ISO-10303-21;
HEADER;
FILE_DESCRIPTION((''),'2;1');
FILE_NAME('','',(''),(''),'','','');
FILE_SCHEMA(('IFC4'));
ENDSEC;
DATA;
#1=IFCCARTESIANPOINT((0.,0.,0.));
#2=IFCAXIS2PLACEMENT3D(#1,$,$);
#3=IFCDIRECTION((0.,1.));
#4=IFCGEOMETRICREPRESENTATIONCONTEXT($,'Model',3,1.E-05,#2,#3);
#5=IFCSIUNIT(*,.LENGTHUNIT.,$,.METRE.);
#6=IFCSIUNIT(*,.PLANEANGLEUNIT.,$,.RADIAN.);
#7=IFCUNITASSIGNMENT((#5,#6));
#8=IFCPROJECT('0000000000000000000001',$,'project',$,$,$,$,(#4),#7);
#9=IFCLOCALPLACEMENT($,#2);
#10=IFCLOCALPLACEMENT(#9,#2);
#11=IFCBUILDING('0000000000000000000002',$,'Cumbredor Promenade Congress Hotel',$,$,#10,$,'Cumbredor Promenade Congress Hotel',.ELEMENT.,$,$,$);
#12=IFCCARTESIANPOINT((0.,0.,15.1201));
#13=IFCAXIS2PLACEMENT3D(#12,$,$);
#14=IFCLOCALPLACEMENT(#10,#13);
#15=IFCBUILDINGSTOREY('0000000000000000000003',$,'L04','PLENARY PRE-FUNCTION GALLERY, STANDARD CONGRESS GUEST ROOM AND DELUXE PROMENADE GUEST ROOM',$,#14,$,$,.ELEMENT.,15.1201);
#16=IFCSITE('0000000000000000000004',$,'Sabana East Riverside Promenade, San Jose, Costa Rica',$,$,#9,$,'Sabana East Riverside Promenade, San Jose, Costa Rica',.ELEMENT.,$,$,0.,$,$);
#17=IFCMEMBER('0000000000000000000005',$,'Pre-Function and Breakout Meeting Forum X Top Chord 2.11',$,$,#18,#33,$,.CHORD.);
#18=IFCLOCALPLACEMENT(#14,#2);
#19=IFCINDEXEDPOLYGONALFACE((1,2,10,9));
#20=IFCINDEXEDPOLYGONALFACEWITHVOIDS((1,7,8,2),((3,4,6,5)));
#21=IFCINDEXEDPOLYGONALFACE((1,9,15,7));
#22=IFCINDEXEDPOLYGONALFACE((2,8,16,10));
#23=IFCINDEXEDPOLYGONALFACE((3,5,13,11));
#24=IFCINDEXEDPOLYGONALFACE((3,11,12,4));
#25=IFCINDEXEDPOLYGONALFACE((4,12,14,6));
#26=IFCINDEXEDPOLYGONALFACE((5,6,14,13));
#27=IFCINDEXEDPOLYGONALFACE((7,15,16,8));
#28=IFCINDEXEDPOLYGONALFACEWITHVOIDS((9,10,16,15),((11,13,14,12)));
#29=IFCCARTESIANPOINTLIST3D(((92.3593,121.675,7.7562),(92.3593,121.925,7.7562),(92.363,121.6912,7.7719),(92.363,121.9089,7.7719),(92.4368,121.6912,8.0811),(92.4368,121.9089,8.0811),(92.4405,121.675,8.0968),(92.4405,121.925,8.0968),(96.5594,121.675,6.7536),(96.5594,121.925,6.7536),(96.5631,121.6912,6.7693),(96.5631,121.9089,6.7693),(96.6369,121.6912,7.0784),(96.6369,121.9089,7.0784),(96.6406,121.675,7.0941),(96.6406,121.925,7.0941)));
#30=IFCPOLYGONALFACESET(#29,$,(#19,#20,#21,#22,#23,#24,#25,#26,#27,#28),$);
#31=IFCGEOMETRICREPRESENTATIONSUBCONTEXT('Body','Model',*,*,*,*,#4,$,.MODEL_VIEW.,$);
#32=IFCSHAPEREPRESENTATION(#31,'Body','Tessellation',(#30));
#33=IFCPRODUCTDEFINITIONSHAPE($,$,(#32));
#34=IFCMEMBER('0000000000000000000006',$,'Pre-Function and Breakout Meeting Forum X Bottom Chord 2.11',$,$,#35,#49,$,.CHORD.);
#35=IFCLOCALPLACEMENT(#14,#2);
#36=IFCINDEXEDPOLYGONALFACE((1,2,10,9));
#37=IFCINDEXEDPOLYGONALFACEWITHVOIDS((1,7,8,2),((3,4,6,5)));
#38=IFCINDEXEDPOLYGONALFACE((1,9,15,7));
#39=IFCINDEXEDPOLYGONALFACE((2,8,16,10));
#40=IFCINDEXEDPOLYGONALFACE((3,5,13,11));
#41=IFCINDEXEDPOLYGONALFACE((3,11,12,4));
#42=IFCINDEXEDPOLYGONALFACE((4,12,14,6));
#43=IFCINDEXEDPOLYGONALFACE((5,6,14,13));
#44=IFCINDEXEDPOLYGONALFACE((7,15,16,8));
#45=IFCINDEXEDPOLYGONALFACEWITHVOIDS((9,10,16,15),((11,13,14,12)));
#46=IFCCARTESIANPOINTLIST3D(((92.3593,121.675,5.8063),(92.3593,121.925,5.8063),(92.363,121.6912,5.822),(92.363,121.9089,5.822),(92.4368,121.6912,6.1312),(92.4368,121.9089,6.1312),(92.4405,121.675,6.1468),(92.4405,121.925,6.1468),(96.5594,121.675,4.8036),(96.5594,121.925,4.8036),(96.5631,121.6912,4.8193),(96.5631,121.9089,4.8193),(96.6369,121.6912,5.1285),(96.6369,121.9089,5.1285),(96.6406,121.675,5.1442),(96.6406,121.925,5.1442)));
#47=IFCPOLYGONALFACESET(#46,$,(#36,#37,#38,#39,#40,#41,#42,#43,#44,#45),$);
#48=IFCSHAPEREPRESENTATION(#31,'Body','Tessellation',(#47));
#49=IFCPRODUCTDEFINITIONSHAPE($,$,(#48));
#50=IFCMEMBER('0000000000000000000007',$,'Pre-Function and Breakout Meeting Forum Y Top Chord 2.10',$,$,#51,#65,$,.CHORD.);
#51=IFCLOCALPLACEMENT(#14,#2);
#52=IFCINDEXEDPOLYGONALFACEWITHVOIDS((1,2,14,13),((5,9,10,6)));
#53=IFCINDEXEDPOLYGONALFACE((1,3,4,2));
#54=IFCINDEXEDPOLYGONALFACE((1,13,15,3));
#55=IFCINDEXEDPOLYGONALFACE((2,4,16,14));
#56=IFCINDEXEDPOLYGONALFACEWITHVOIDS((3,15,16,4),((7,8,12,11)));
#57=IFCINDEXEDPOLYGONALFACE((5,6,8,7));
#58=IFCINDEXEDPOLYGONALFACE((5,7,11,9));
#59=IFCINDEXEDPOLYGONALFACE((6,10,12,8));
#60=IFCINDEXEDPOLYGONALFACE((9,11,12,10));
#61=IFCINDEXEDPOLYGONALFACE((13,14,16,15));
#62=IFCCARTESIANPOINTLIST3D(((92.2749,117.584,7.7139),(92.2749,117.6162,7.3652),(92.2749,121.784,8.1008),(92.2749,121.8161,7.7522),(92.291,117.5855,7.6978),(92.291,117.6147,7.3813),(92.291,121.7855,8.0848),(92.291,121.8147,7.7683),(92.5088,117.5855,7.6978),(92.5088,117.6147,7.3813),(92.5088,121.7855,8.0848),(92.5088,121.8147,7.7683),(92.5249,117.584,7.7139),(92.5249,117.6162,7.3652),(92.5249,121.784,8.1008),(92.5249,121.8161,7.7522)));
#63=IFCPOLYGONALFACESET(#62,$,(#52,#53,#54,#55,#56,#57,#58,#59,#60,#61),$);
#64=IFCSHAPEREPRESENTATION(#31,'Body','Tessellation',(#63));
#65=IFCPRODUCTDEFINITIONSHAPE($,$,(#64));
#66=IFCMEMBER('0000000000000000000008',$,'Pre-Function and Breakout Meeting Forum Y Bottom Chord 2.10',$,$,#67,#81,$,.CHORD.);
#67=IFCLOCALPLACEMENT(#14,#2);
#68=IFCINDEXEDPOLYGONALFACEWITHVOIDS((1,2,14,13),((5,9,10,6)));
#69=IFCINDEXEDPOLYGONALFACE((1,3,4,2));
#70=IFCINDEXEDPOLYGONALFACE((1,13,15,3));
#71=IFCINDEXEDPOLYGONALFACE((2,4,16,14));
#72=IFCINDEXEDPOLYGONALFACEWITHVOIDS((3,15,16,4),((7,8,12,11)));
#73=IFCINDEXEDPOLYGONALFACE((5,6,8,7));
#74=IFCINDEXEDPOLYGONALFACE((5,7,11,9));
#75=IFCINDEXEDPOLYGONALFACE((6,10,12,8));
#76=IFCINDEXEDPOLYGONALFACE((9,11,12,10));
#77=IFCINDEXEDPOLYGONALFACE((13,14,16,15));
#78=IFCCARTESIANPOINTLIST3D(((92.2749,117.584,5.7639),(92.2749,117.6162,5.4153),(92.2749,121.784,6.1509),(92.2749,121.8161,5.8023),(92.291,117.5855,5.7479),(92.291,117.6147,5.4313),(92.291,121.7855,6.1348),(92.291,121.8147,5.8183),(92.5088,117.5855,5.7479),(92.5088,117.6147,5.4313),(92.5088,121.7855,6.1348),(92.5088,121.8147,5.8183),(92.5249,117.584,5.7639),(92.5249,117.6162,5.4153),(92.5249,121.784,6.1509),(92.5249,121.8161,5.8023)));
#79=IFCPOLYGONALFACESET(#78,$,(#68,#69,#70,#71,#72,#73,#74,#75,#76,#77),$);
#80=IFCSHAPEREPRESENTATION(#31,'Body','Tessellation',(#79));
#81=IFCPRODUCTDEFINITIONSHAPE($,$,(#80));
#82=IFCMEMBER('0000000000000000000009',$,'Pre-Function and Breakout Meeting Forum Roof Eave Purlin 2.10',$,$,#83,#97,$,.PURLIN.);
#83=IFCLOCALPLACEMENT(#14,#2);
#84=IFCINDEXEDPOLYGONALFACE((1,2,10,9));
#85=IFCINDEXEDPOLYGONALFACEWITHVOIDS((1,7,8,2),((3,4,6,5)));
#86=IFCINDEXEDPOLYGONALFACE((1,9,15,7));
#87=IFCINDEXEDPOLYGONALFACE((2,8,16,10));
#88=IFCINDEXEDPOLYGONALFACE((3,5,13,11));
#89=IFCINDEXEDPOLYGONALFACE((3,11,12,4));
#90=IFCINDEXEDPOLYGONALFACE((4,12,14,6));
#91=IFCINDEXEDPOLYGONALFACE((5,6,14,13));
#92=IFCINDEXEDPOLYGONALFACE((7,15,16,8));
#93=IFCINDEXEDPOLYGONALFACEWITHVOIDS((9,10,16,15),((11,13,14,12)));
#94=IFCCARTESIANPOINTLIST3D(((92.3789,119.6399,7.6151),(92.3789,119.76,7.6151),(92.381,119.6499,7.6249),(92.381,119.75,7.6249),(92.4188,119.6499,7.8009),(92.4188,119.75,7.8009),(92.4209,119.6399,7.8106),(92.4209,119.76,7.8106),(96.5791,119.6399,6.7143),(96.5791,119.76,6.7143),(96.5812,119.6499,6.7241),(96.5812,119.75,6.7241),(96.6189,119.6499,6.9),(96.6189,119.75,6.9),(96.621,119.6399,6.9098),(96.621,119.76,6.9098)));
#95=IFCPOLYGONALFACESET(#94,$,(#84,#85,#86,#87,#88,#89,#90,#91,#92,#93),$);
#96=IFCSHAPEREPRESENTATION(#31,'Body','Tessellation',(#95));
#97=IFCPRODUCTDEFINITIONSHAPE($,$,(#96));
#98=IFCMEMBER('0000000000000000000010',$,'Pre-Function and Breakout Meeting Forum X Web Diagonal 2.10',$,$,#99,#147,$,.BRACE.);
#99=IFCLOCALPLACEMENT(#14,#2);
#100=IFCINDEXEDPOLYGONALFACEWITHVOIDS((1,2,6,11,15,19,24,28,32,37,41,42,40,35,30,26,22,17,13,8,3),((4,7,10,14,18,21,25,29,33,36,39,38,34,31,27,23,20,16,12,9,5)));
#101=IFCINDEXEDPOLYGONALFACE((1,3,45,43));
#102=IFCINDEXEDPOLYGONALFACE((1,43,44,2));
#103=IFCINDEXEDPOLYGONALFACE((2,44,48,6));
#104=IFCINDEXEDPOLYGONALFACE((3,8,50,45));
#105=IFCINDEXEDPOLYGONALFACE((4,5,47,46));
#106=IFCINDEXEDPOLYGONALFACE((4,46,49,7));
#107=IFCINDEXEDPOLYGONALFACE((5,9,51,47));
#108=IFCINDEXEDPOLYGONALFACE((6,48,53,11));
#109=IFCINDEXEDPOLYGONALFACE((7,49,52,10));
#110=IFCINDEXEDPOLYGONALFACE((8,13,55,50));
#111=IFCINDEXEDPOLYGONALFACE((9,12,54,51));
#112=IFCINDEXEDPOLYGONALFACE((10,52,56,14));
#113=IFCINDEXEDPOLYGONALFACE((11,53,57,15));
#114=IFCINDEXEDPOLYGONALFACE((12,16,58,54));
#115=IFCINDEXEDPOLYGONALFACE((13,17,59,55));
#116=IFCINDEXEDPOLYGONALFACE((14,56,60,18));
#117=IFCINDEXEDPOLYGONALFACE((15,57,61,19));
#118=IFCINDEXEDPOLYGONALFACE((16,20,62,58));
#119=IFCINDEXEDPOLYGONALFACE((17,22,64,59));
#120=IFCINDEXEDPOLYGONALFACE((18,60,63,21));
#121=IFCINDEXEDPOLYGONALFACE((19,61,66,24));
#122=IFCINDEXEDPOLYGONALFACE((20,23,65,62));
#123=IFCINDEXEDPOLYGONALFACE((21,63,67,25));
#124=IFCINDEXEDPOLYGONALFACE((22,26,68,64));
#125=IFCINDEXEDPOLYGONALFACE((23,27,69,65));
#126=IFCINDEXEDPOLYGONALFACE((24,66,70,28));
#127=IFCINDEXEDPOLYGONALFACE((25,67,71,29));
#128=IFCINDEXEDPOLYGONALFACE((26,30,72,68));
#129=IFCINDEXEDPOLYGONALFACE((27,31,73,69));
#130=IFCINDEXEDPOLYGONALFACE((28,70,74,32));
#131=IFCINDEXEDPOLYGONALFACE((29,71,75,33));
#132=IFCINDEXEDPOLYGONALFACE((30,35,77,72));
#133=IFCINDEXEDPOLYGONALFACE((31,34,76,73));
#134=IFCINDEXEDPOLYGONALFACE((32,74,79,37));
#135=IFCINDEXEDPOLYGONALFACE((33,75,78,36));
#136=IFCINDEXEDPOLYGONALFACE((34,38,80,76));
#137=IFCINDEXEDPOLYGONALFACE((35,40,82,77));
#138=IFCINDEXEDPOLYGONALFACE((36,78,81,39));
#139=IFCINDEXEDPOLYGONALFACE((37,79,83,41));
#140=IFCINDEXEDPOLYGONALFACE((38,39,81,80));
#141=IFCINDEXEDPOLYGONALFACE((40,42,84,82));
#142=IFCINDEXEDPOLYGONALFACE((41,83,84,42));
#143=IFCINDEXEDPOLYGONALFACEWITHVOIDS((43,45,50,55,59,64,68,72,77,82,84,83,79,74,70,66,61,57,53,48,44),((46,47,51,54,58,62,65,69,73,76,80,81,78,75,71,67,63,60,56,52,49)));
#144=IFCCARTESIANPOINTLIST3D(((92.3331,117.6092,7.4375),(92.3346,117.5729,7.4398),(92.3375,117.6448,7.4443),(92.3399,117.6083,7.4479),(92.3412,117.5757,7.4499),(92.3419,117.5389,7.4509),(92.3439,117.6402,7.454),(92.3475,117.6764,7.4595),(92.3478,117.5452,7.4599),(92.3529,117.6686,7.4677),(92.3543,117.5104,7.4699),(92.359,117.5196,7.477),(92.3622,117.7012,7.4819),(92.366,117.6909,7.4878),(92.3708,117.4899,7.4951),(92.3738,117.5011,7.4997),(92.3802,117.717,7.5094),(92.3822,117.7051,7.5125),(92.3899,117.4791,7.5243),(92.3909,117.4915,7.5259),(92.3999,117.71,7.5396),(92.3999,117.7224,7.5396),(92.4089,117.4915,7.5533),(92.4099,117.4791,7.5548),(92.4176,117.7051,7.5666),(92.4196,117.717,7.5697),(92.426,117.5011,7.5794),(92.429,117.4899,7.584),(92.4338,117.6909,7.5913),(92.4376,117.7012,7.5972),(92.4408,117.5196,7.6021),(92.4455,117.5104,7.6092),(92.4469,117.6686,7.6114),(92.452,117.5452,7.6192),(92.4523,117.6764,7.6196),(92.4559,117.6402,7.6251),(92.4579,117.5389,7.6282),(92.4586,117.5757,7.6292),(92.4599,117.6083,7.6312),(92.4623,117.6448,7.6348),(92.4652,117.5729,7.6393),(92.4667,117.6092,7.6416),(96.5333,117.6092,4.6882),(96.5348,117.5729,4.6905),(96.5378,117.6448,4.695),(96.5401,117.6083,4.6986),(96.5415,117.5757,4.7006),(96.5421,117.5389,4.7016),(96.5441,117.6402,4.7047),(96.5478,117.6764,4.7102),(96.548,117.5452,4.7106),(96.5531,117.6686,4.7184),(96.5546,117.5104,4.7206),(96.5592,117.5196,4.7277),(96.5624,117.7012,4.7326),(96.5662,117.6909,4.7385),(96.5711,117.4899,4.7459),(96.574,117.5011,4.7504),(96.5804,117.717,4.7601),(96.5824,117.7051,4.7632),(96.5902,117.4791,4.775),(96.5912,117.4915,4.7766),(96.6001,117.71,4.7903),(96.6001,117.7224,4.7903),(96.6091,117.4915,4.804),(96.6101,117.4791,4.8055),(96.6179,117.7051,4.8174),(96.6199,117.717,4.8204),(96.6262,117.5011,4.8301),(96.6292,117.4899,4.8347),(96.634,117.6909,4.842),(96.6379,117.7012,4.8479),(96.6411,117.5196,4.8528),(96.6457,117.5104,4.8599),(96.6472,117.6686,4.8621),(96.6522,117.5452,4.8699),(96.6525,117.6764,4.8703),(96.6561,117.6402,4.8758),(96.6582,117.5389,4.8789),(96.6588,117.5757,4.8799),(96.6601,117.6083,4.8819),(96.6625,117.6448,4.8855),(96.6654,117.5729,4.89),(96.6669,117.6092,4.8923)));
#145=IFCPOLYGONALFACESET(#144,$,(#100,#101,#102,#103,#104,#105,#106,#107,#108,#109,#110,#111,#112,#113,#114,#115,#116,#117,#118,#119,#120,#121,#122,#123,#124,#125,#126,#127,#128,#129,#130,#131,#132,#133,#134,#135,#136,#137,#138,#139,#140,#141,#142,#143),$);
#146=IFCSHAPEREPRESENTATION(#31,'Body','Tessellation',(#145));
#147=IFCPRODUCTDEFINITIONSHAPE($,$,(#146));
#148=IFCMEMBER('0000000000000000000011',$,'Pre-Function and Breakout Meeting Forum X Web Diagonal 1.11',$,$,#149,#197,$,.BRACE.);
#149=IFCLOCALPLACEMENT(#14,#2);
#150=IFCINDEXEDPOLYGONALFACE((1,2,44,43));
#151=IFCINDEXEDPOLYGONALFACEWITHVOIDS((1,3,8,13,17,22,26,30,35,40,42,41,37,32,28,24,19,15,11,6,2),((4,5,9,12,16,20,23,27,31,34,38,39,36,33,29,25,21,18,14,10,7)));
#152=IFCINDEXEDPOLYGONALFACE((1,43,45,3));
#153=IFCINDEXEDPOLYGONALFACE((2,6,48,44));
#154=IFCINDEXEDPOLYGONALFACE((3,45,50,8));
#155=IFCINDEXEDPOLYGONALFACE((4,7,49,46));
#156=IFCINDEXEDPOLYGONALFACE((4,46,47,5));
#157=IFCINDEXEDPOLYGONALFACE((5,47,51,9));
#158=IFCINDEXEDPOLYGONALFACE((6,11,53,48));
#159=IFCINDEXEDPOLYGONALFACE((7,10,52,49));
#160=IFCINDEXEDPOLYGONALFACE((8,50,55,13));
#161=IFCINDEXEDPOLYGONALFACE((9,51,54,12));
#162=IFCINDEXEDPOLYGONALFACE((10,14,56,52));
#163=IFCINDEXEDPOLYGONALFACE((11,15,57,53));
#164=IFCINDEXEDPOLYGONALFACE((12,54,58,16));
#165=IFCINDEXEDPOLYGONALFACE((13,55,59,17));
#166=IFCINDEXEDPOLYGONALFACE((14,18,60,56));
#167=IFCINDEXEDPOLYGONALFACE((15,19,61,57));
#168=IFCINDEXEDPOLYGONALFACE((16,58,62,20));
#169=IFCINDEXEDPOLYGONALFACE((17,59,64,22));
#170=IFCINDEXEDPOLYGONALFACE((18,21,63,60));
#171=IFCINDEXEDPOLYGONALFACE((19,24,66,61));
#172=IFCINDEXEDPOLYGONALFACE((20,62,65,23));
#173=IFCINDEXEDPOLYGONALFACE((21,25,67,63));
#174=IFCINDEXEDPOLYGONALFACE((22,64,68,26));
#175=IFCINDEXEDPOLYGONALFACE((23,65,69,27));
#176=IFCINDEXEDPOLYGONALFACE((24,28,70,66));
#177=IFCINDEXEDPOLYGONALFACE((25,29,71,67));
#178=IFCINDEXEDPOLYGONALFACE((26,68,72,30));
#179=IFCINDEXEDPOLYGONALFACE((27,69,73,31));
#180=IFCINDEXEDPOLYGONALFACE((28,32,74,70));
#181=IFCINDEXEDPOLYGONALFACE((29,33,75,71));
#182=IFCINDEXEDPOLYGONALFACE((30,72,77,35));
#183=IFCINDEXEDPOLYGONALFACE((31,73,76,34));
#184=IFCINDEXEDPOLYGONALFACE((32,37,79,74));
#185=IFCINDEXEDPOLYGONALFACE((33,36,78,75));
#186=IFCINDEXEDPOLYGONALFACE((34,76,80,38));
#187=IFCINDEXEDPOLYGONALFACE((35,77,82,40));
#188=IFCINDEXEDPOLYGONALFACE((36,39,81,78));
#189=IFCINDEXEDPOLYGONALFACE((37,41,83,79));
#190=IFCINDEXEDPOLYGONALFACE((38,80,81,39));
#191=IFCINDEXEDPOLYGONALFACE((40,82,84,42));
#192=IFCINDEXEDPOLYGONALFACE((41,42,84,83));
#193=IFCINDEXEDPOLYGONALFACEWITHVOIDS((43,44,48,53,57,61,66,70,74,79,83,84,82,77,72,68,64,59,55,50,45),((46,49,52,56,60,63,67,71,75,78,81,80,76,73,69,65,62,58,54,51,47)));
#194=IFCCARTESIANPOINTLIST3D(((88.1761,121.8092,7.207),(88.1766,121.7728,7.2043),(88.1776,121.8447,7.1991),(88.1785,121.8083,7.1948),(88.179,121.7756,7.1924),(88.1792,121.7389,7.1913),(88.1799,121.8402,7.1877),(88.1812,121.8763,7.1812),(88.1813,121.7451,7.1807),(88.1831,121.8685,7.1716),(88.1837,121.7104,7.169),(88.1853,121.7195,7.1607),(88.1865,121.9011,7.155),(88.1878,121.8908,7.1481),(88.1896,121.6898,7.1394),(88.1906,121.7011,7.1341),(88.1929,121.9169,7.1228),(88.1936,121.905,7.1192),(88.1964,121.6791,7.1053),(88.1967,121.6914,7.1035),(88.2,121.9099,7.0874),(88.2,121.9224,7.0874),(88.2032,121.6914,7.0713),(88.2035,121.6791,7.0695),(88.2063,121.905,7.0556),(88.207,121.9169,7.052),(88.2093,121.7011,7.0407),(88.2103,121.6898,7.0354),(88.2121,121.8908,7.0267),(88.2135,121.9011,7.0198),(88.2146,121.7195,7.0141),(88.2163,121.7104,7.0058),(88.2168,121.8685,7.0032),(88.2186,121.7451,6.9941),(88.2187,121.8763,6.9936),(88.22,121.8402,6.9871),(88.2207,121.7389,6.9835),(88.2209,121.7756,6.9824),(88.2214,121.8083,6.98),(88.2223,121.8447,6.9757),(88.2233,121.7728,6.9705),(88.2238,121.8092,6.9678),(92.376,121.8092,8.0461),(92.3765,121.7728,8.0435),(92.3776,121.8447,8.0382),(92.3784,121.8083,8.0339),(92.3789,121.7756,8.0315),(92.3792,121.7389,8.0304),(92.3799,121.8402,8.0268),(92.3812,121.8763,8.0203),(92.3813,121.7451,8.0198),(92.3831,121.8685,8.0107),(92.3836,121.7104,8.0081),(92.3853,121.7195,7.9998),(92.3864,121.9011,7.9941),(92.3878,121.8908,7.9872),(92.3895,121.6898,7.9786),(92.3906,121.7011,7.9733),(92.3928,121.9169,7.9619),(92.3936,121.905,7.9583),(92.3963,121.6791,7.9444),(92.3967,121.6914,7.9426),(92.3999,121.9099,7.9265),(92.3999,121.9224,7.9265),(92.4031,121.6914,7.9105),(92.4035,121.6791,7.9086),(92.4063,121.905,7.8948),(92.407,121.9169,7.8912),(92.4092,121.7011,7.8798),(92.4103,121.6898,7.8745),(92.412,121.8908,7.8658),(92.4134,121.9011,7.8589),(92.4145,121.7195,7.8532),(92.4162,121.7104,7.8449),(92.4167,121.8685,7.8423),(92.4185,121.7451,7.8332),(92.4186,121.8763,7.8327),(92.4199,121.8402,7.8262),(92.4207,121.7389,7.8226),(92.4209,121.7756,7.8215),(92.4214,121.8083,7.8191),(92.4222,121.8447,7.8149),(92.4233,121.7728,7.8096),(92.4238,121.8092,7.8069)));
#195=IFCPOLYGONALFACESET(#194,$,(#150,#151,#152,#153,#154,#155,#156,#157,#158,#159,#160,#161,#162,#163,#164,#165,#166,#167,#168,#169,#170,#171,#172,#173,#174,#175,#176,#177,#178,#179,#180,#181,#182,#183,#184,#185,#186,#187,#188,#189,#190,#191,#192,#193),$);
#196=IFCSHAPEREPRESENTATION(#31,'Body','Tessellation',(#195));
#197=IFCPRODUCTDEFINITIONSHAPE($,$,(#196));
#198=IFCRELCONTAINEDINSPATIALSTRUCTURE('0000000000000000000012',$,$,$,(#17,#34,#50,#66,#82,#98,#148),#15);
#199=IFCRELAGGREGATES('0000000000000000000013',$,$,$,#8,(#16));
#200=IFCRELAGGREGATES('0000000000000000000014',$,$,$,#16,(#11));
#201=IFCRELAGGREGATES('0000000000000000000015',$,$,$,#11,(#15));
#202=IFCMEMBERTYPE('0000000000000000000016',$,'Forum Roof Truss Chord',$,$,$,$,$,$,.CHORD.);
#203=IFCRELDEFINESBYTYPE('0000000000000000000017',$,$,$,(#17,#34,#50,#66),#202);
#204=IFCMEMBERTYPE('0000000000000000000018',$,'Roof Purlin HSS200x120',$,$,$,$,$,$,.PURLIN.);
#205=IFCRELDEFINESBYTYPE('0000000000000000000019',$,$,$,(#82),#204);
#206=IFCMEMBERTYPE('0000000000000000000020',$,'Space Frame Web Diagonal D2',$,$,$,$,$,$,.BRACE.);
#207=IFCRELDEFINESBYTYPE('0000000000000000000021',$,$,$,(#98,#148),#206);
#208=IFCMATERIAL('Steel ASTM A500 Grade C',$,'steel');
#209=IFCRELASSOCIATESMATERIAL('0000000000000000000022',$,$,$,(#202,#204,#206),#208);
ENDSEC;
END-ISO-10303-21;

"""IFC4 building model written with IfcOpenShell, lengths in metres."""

from ifc_helpers import new_model, si_unit, direction, frame, origin, origin_2d, place, context, subcontext, project, spatial, hollow_rectangle, hollow_circle, extrude, material, material_profile, profile_set, type_object, element, save


model = new_model("IFC4")

# Units and contexts
model_context = context("Model", 3, precision=1e-05, world=origin(), true_north=direction((0.0, 1.0)))
body_context = subcontext(model_context, "Body", "Model", "MODEL_VIEW")
ifc_project = project(units=[si_unit("LENGTHUNIT", "METRE"), si_unit("PLANEANGLEUNIT", "RADIAN")], contexts=[model_context])

# Site, building, storey
site_placement = place(None, origin())
site = spatial("IfcSite", under=ifc_project, at=site_placement, Name="Sabana East Riverside Promenade, San Jose, Costa Rica", LongName="Sabana East Riverside Promenade, San Jose, Costa Rica", CompositionType="ELEMENT", RefElevation=0.0)
building_placement = place(site_placement, origin())
building = spatial("IfcBuilding", under=site, at=building_placement, Name="Cumbredor Promenade Congress Hotel", LongName="Cumbredor Promenade Congress Hotel", CompositionType="ELEMENT")
storey_placement = place(building_placement, frame((0.0, 0.0, 15.1201)))
storey = spatial("IfcBuildingStorey", under=building, at=storey_placement, Name="L04", Description="PLENARY PRE-FUNCTION GALLERY, STANDARD CONGRESS GUEST ROOM AND DELUXE PROMENADE GUEST ROOM", CompositionType="ELEMENT", Elevation=15.1201)

# Members
ifc_material_1 = material(Name="Steel ASTM A500 Grade C", Category="steel")
ifc_material_profile_1 = material_profile(ifc_material_1, hollow_rectangle(XDim=0.25, YDim=0.3501, WallThickness=0.0161, at=origin_2d()), Name="HSS 350x250x16")
ifc_profile_set_1 = profile_set([ifc_material_profile_1], Name="Steel ASTM A500 Grade C")
member_type_1 = type_object("IfcMemberType", Name="Forum Roof Truss Chord", PredefinedType="CHORD", material=ifc_profile_set_1)
for number, where, z_axis, x_axis, name in (
    (1, (92.3999, 121.8, 7.9265), (0.972668, 0.0, -0.232199), (0.0, 1.0, 0.0), "Pre-Function and Breakout Meeting Forum X Top Chord 2.11"),
    (2, (92.3999, 121.8, 5.9766), (0.972668, 0.0, -0.232199), (0.0, 1.0, 0.0), "Pre-Function and Breakout Meeting Forum X Bottom Chord 2.11"),
):
    element("IfcMember", number, at=place(storey_placement, frame(where, z_axis=z_axis, x_axis=x_axis)), inside=storey, type_object=member_type_1, Name=name, PredefinedType="CHORD", context=body_context, shape_type="SweptSolid", body=[
        extrude(hollow_rectangle(XDim=0.25, YDim=0.3501, WallThickness=0.0161, at=origin_2d()), origin(), (0.0, 0.0, 1.0), 4.3181),
    ])
for number, where, z_axis, x_axis, name in (
    (3, (92.3999, 117.6001, 7.5396), (0.0, 0.995782, 0.091747), (-1.0, 0.0, 0.0), "Pre-Function and Breakout Meeting Forum Y Top Chord 2.10"),
    (4, (92.3999, 117.6001, 5.5896), (0.0, 0.995782, 0.091747), (-1.0, 0.0, 0.0), "Pre-Function and Breakout Meeting Forum Y Bottom Chord 2.10"),
):
    element("IfcMember", number, at=place(storey_placement, frame(where, z_axis=z_axis, x_axis=x_axis)), inside=storey, type_object=member_type_1, Name=name, PredefinedType="CHORD", context=body_context, shape_type="SweptSolid", body=[
        extrude(hollow_rectangle(XDim=0.25, YDim=0.3501, WallThickness=0.0161, at=origin_2d()), origin(), (0.0, 0.0, 1.0), 4.2178),
    ])
ifc_material_profile_2 = material_profile(ifc_material_1, hollow_rectangle(XDim=0.1201, YDim=0.2, WallThickness=0.01, at=origin_2d()), Name="HSS 200x120x10")
ifc_profile_set_2 = profile_set([ifc_material_profile_2], Name="Steel ASTM A500 Grade C")
member_type_2 = type_object("IfcMemberType", Name="Roof Purlin HSS200x120", PredefinedType="PURLIN", material=ifc_profile_set_2)
member_1_placement = place(storey_placement, frame((92.3999, 119.7, 7.7129), z_axis=(0.977762, 0.0, -0.209715), x_axis=(0.0, 1.0, 0.0)))
element("IfcMember", 5, at=member_1_placement, inside=storey, type_object=member_type_2, Name="Pre-Function and Breakout Meeting Forum Roof Eave Purlin 2.10", PredefinedType="PURLIN", context=body_context, shape_type="SweptSolid", body=[
    extrude(hollow_rectangle(XDim=0.1201, YDim=0.2, WallThickness=0.01, at=origin_2d()), origin(), (0.0, 0.0, 1.0), 4.2957),
])
ifc_material_profile_3 = material_profile(ifc_material_1, hollow_circle(Radius=0.1223, WallThickness=0.0125, at=origin_2d()), Name="CHS 244.5x12.5")
ifc_profile_set_3 = profile_set([ifc_material_profile_3], Name="Steel ASTM A500 Grade C")
member_type_3 = type_object("IfcMemberType", Name="Space Frame Web Diagonal D2", PredefinedType="BRACE", material=ifc_profile_set_3)
member_2_placement = place(storey_placement, frame((92.3999, 117.6001, 7.5396), z_axis=(0.836697, 0.0, -0.547666), x_axis=(0.0, 1.0, 0.0)))
element("IfcMember", 6, at=member_2_placement, inside=storey, type_object=member_type_3, Name="Pre-Function and Breakout Meeting Forum X Web Diagonal 2.10", PredefinedType="BRACE", context=body_context, shape_type="SweptSolid", body=[
    extrude(hollow_circle(Radius=0.1223, WallThickness=0.0125, at=origin_2d()), origin(), (0.0, 0.0, 1.0), 5.02),
])
member_3_placement = place(storey_placement, frame((88.2, 121.8, 7.0874), z_axis=(0.98062, 0.0, 0.195919), x_axis=(0.0, 1.0, 0.0)))
element("IfcMember", 7, at=member_3_placement, inside=storey, type_object=member_type_3, Name="Pre-Function and Breakout Meeting Forum X Web Diagonal 1.11", PredefinedType="BRACE", context=body_context, shape_type="SweptSolid", body=[
    extrude(hollow_circle(Radius=0.1223, WallThickness=0.0125, at=origin_2d()), origin(), (0.0, 0.0, 1.0), 4.283),
])

save(model, "model.ifc")
